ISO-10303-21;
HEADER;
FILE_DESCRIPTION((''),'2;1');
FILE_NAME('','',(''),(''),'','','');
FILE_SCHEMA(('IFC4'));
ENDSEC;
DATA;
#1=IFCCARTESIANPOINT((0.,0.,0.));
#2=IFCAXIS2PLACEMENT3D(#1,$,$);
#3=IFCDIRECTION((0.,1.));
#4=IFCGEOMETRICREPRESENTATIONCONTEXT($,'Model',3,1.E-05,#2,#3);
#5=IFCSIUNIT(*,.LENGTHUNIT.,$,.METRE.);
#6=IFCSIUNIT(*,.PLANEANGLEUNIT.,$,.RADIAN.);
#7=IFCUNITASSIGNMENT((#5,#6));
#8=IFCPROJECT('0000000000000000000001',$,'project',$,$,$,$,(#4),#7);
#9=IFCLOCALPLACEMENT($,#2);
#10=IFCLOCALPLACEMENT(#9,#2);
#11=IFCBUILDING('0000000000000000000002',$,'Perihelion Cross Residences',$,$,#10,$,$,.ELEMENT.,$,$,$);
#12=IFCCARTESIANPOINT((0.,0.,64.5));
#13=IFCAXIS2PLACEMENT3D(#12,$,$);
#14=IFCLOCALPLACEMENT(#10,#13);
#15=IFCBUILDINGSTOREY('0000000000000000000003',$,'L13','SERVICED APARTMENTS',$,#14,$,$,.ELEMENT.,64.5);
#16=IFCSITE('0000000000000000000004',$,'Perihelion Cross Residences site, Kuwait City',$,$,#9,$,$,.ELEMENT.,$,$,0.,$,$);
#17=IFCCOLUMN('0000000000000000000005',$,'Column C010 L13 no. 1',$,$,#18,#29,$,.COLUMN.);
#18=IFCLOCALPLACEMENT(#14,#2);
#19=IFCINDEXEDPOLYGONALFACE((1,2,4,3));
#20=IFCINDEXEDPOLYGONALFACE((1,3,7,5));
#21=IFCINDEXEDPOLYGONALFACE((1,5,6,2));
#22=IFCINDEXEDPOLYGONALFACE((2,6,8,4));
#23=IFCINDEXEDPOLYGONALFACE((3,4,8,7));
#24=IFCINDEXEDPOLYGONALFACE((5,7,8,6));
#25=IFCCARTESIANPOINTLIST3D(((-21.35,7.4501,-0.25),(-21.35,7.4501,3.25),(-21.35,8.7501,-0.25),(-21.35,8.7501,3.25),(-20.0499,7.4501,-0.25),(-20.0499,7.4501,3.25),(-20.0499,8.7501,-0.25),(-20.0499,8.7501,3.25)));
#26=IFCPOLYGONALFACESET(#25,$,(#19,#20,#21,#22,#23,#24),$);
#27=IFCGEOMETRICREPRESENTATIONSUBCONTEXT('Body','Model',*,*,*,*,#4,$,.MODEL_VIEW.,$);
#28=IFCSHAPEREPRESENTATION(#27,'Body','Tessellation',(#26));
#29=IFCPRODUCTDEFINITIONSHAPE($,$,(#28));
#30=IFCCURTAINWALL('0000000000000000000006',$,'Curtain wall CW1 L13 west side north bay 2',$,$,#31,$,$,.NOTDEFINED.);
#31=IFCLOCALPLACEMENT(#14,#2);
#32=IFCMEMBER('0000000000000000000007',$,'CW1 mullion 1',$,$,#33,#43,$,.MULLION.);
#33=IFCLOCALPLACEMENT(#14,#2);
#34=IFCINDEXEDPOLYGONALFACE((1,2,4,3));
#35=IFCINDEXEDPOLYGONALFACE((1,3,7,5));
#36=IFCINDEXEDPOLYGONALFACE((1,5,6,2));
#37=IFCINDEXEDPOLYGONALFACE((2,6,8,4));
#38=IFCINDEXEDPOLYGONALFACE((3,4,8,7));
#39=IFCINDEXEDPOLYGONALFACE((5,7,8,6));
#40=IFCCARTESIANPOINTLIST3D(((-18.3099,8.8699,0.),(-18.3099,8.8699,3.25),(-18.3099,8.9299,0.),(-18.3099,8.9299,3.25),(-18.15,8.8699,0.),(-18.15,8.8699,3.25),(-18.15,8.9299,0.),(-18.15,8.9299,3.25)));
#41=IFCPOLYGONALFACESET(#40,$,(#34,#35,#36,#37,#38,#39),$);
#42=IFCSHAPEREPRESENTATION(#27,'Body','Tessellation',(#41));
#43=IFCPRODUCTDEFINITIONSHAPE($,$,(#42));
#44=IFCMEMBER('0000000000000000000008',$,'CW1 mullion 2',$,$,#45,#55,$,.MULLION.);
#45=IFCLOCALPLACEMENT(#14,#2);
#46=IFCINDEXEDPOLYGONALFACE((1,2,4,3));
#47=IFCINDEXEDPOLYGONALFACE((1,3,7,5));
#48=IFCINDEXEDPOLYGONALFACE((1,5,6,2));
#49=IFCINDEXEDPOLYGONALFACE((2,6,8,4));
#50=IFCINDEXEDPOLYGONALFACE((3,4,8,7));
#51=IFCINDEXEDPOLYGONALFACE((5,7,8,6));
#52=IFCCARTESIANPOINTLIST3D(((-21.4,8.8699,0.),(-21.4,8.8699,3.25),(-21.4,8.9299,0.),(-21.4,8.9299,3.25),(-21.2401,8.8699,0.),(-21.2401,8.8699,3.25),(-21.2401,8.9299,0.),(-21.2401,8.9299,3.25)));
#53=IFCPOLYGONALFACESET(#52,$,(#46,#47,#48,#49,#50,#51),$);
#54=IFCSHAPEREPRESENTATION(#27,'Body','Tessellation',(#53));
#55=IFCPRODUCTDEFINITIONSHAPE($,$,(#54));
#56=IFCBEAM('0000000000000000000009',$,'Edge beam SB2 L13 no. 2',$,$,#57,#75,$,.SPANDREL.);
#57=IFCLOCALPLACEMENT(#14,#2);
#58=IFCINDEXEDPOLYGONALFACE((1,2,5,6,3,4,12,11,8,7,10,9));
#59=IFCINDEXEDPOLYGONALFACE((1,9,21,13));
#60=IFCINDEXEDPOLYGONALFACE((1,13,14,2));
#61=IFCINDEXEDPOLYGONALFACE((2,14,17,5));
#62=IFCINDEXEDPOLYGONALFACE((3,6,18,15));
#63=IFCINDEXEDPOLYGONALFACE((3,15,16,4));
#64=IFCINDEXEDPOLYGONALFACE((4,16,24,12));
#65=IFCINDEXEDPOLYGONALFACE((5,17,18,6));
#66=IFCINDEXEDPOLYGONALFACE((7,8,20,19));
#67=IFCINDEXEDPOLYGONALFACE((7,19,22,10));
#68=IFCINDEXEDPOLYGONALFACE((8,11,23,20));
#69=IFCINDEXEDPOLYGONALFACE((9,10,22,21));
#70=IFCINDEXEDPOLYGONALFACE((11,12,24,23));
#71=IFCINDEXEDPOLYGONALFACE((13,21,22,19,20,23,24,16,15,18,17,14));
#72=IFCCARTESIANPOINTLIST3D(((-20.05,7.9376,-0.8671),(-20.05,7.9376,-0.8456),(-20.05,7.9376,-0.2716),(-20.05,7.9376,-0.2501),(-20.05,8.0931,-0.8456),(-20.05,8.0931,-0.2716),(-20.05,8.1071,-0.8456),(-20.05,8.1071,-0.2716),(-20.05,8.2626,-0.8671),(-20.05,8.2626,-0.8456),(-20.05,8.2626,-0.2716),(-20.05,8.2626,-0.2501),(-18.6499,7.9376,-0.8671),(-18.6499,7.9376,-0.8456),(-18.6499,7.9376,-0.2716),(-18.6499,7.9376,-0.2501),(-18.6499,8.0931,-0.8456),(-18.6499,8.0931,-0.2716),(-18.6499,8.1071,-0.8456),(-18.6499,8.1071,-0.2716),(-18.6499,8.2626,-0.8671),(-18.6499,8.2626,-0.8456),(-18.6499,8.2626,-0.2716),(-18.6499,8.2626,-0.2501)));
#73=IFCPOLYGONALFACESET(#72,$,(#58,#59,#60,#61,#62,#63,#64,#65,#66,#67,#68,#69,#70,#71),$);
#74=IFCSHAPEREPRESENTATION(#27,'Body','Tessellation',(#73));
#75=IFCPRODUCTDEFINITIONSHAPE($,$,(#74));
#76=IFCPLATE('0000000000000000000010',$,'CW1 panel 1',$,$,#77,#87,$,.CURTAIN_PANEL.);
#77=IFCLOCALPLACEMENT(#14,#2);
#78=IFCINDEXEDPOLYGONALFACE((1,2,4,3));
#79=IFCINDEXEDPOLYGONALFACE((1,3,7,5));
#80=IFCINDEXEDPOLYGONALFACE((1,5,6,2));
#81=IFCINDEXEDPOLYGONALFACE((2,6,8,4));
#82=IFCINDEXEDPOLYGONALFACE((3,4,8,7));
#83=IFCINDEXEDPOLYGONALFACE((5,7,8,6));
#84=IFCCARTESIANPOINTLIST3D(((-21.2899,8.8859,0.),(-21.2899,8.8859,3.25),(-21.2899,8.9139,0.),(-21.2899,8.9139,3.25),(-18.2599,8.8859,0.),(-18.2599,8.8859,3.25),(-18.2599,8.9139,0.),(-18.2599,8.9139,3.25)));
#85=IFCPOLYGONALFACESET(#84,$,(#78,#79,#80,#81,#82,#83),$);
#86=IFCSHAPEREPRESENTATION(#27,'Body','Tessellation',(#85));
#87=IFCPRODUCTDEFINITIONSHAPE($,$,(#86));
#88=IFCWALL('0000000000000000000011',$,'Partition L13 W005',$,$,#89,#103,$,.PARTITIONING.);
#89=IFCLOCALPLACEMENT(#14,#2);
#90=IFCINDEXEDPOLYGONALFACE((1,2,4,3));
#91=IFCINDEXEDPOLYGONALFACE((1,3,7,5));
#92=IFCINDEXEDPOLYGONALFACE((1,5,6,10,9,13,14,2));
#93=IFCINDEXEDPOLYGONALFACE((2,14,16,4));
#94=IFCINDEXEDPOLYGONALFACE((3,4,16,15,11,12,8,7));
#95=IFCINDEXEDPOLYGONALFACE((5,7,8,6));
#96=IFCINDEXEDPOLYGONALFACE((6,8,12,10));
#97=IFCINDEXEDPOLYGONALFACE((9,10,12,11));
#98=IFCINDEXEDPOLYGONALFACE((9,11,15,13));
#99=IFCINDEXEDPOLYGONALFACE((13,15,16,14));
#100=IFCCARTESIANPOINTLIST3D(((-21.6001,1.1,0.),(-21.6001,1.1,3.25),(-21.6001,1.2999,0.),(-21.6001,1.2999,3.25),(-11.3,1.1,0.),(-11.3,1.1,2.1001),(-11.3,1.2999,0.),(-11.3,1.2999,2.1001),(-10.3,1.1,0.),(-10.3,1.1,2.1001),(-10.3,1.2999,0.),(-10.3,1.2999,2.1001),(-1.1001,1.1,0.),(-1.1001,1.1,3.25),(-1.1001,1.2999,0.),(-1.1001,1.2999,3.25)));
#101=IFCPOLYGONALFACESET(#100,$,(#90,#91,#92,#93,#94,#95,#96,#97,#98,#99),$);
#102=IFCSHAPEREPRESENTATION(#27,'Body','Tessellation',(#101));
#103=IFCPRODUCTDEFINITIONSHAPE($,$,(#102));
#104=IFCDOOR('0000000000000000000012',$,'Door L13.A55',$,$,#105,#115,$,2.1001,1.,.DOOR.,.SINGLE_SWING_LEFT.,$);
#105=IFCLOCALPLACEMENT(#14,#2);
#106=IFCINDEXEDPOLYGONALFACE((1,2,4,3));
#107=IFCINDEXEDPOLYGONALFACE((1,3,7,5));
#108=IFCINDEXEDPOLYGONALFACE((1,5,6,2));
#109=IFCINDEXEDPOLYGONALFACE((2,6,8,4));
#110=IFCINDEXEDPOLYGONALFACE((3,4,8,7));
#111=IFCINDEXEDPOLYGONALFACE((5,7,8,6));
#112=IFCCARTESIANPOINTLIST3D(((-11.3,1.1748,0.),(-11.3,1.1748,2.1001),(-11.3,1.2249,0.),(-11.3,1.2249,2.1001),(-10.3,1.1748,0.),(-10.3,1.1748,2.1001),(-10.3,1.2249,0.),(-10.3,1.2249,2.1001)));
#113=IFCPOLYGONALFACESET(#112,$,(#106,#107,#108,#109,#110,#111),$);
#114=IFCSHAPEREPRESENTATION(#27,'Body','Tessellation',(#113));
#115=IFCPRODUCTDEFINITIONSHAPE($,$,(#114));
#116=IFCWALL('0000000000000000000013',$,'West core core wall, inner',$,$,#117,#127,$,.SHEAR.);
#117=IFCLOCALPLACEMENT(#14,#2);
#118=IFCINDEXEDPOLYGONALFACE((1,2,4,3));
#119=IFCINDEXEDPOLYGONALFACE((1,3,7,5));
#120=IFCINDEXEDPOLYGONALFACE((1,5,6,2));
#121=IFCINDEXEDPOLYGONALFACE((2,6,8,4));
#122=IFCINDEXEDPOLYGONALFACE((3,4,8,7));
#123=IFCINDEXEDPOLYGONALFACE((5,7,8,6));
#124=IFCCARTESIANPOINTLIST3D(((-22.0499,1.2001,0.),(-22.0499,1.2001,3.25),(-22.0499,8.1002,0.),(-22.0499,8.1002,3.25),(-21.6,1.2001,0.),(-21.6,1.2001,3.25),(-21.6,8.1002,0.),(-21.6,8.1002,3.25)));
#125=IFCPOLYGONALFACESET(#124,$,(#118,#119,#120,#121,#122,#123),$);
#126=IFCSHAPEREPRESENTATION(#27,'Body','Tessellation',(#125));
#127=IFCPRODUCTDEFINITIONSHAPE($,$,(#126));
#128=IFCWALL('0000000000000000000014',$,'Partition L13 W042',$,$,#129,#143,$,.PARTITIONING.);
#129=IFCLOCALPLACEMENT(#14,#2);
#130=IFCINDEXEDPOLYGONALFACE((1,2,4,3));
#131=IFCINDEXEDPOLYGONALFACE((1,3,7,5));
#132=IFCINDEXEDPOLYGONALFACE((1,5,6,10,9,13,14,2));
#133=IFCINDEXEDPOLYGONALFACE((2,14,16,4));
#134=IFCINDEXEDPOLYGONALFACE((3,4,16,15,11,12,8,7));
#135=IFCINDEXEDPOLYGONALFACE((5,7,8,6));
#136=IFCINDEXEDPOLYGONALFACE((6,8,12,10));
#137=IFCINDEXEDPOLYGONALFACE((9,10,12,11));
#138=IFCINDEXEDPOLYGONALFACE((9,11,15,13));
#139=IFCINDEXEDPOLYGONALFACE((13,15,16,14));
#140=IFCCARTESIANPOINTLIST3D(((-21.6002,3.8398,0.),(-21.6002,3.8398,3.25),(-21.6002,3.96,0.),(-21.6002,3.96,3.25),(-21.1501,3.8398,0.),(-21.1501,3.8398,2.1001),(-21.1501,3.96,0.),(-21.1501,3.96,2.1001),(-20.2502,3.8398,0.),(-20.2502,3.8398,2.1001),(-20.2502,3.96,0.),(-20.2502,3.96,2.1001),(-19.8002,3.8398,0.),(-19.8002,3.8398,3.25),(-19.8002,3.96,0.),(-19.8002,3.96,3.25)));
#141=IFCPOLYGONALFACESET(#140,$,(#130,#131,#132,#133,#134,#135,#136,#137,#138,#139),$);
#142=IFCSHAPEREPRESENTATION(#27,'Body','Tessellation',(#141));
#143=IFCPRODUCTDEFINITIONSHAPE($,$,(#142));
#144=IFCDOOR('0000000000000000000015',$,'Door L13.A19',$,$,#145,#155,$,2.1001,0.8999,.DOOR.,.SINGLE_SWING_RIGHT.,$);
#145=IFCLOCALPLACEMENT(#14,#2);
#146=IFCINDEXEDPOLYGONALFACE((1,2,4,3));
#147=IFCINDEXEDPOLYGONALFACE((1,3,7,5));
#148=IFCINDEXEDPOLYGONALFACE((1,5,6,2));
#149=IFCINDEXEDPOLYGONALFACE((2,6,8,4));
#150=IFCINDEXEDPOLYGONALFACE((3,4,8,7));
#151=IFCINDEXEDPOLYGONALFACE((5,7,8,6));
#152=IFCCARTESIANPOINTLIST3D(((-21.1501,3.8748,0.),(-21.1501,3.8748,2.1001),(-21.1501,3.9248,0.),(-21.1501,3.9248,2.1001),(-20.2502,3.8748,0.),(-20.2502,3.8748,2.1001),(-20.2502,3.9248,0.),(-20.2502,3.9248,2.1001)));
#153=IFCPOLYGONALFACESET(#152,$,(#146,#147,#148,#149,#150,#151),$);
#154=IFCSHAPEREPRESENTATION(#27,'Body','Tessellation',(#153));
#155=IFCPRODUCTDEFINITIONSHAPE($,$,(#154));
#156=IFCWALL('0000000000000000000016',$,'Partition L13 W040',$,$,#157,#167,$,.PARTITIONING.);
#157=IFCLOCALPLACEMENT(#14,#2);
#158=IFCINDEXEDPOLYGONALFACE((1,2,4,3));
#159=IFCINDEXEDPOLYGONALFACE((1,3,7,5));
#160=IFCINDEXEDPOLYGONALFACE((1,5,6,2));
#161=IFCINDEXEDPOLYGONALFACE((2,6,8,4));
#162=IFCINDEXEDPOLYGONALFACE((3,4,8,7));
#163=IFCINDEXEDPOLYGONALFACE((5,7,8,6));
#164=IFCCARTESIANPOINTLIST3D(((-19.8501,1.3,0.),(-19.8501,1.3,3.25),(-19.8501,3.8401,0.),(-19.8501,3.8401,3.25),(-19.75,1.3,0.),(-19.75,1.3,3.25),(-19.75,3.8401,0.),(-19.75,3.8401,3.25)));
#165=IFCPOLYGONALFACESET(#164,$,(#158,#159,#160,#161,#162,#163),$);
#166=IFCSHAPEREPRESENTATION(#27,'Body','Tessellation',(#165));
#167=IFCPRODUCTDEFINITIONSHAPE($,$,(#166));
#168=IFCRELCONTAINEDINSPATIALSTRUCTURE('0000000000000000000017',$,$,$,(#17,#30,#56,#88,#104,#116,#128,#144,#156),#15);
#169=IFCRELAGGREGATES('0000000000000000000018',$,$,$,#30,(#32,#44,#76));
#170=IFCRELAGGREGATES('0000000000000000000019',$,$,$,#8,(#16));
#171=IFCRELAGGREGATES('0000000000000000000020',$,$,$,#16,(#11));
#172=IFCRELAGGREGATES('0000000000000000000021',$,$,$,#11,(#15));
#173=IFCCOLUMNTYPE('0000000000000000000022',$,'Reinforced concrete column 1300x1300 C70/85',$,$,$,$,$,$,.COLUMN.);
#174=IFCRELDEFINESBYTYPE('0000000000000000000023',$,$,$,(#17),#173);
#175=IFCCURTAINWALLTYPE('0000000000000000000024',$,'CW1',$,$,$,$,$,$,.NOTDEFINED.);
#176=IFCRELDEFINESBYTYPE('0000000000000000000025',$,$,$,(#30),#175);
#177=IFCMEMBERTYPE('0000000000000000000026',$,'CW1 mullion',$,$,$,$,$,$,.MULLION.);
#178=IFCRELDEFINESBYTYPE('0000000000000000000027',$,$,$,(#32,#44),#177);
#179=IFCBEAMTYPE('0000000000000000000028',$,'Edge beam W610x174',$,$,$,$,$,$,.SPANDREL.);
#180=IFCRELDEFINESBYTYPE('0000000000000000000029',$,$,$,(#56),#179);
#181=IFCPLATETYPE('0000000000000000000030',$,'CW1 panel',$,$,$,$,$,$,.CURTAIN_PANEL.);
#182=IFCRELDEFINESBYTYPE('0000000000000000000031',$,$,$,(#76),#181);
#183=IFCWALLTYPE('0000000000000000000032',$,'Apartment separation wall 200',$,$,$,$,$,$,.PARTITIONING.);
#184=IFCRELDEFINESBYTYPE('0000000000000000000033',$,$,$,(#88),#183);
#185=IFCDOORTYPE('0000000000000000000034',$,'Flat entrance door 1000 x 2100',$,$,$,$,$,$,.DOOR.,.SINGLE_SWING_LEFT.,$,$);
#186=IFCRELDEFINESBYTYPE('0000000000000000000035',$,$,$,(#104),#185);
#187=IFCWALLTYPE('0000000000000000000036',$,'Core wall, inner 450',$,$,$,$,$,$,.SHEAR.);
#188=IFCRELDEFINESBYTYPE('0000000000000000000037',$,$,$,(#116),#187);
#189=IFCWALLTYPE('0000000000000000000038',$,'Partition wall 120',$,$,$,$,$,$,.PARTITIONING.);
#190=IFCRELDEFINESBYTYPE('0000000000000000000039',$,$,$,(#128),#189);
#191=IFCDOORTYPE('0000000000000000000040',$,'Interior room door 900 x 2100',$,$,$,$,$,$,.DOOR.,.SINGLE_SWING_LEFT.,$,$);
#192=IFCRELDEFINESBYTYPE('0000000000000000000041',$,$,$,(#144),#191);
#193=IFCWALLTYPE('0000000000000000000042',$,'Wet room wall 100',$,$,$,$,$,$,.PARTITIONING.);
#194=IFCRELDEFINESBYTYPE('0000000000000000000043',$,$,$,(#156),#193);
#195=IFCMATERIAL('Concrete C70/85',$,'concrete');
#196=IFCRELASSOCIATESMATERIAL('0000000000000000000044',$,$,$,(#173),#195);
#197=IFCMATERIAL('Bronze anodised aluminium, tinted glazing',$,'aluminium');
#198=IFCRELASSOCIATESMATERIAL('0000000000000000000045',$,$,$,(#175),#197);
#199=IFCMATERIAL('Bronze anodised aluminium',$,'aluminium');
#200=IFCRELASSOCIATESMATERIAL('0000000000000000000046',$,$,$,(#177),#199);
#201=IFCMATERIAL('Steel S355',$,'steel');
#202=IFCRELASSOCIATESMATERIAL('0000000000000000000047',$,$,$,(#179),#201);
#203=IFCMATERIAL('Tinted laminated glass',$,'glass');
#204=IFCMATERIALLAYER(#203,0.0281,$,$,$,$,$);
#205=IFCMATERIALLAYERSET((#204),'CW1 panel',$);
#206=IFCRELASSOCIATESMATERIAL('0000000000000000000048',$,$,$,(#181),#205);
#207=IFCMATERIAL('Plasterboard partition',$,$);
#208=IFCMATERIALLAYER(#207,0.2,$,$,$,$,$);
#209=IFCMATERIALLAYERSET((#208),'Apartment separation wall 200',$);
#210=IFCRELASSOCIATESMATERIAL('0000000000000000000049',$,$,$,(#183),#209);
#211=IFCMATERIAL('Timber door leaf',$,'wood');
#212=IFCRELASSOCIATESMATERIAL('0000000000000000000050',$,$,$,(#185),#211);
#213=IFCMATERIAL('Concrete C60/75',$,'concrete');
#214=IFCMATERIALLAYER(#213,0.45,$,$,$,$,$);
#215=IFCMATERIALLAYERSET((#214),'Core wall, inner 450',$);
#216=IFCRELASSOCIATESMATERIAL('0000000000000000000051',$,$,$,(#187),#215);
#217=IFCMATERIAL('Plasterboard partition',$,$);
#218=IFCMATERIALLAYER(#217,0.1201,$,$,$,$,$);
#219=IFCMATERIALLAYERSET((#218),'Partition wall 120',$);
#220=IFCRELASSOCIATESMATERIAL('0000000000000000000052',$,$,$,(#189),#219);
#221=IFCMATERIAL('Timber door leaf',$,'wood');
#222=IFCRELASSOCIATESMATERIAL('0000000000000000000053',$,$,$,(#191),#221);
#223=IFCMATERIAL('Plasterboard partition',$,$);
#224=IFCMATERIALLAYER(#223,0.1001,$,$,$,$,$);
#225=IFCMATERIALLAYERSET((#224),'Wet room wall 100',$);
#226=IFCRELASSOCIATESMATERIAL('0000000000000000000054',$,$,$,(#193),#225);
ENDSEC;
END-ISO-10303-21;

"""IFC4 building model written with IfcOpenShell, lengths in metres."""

from ifc_helpers import new_model, si_unit, direction, frame, frame_2d, origin, origin_2d, place, context, subcontext, project, spatial, rectangle, i_section, extrude, material, layer, layer_set, material_profile, profile_set, type_object, element, fill, aggregate, save


model = new_model("IFC4")

# Units and contexts
model_context = context("Model", 3, precision=1e-05, world=origin(), true_north=direction((0.0, 1.0)))
body_context = subcontext(model_context, "Body", "Model", "MODEL_VIEW")
ifc_project = project(units=[si_unit("LENGTHUNIT", "METRE"), si_unit("PLANEANGLEUNIT", "RADIAN")], contexts=[model_context])

# Site, building, storey
site_placement = place(None, origin())
site = spatial("IfcSite", under=ifc_project, at=site_placement, Name="Perihelion Cross Residences site, Kuwait City", CompositionType="ELEMENT", RefElevation=0.0)
building_placement = place(site_placement, origin())
building = spatial("IfcBuilding", under=site, at=building_placement, Name="Perihelion Cross Residences", CompositionType="ELEMENT")
storey_placement = place(building_placement, frame((0.0, 0.0, 64.5)))
storey = spatial("IfcBuildingStorey", under=building, at=storey_placement, Name="L13", Description="SERVICED APARTMENTS", CompositionType="ELEMENT", Elevation=64.5)

# Column
ifc_material_1 = material(Name="Concrete C70/85", Category="concrete")
ifc_material_profile_1 = material_profile(ifc_material_1, rectangle(XDim=1.3, YDim=1.3, at=origin_2d()), Name="RC 1300x1300")
ifc_profile_set_1 = profile_set([ifc_material_profile_1], Name="Concrete C70/85")
column_type = type_object("IfcColumnType", Name="Reinforced concrete column 1300x1300 C70/85", PredefinedType="COLUMN", material=ifc_profile_set_1)
column_placement = place(storey_placement, frame((-20.7, 8.1001, -0.25), z_axis=(0.0, 0.0, 1.0), x_axis=(1.0, 0.0, 0.0)))
element("IfcColumn", 1, at=column_placement, inside=storey, type_object=column_type, Name="Column C010 L13 no. 1", PredefinedType="COLUMN", context=body_context, shape_type="SweptSolid", body=[
    extrude(rectangle(XDim=1.3, YDim=1.3, at=origin_2d()), origin(), (0.0, 0.0, 1.0), 3.5),
])

# Curtain wall, members
ifc_material_2 = material(Name="Bronze anodised aluminium, tinted glazing", Category="aluminium")
curtain_wall_type = type_object("IfcCurtainWallType", Name="CW1", PredefinedType="NOTDEFINED", material=ifc_material_2)
curtain_wall_placement = place(storey_placement, origin())
curtain_wall = element("IfcCurtainWall", 2, at=curtain_wall_placement, inside=storey, type_object=curtain_wall_type, Name="Curtain wall CW1 L13 west side north bay 2", PredefinedType="NOTDEFINED")
ifc_material_3 = material(Name="Bronze anodised aluminium", Category="aluminium")
ifc_material_profile_2 = material_profile(ifc_material_3, rectangle(XDim=0.0601, YDim=0.1599, at=origin_2d()), Name="CW1 mullion")
ifc_profile_set_2 = profile_set([ifc_material_profile_2], Name="Bronze anodised aluminium")
member_type = type_object("IfcMemberType", Name="CW1 mullion", PredefinedType="MULLION", material=ifc_profile_set_2)
member_1_placement = place(storey_placement, frame((-18.23, 8.8999, 0.0), z_axis=(0.0, 0.0, 1.0), x_axis=(0.0, -1.0, 0.0)))
member_1 = element("IfcMember", 3, at=member_1_placement, type_object=member_type, Name="CW1 mullion 1", PredefinedType="MULLION", context=body_context, shape_type="SweptSolid", body=[
    extrude(rectangle(XDim=0.0601, YDim=0.1599, at=origin_2d()), origin(), (0.0, 0.0, 1.0), 3.25),
])
member_2_placement = place(storey_placement, frame((-21.3201, 8.8999, 0.0), z_axis=(0.0, 0.0, 1.0), x_axis=(0.0, -1.0, 0.0)))
member_2 = element("IfcMember", 4, at=member_2_placement, type_object=member_type, Name="CW1 mullion 2", PredefinedType="MULLION", context=body_context, shape_type="SweptSolid", body=[
    extrude(rectangle(XDim=0.0601, YDim=0.1599, at=origin_2d()), origin(), (0.0, 0.0, 1.0), 3.25),
])

# Beam
ifc_material_4 = material(Name="Steel S355", Category="steel")
ifc_material_profile_3 = material_profile(ifc_material_4, i_section(OverallWidth=0.325, OverallDepth=0.6169, WebThickness=0.0139, FlangeThickness=0.0215, at=origin_2d()), Name="W610x174")
ifc_profile_set_3 = profile_set([ifc_material_profile_3], Name="Steel S355")
beam_type = type_object("IfcBeamType", Name="Edge beam W610x174", PredefinedType="SPANDREL", material=ifc_profile_set_3)
beam_placement = place(storey_placement, frame((-18.6499, 8.1001, -0.5586), z_axis=(-1.0, 0.0, 0.0), x_axis=(0.0, -1.0, 0.0)))
element("IfcBeam", 5, at=beam_placement, inside=storey, type_object=beam_type, Name="Edge beam SB2 L13 no. 2", PredefinedType="SPANDREL", context=body_context, shape_type="SweptSolid", body=[
    extrude(i_section(OverallWidth=0.325, OverallDepth=0.6169, WebThickness=0.0139, FlangeThickness=0.0215, at=origin_2d()), origin(), (0.0, 0.0, 1.0), 1.4001),
])

# Plate
ifc_material_5 = material(Name="Tinted laminated glass", Category="glass")
ifc_layer_1 = layer(ifc_material_5, 0.0281)
ifc_layer_set_1 = layer_set([ifc_layer_1], Name="CW1 panel")
plate_type = type_object("IfcPlateType", Name="CW1 panel", PredefinedType="CURTAIN_PANEL", material=ifc_layer_set_1)
plate_placement = place(storey_placement, frame((-19.7749, 8.8999, 0.0), z_axis=(0.0, 0.0, 1.0), x_axis=(-1.0, 0.0, 0.0)))
plate = element("IfcPlate", 6, at=plate_placement, type_object=plate_type, Name="CW1 panel 1", PredefinedType="CURTAIN_PANEL", context=body_context, shape_type="SweptSolid", body=[
    extrude(rectangle(XDim=3.03, YDim=0.0281, at=origin_2d()), origin(), (0.0, 0.0, 1.0), 3.25),
])
aggregate(curtain_wall, [member_1, member_2, plate])

# Wall, opening, door
ifc_material_6 = material(Name="Plasterboard partition")
ifc_layer_2 = layer(ifc_material_6, 0.2)
ifc_layer_set_2 = layer_set([ifc_layer_2], Name="Apartment separation wall 200")
wall_type_1 = type_object("IfcWallType", Name="Apartment separation wall 200", PredefinedType="PARTITIONING", material=ifc_layer_set_2)
wall_1_placement = place(storey_placement, frame((-21.6001, 1.2, 0.0), z_axis=(0.0, 0.0, 1.0), x_axis=(1.0, 0.0, 0.0)))
wall_1 = element("IfcWall", 7, at=wall_1_placement, inside=storey, type_object=wall_type_1, Name="Partition L13 W005", PredefinedType="PARTITIONING", context=body_context, shape_type="SweptSolid", body=[
    extrude(rectangle(XDim=20.5, YDim=0.2, at=frame_2d((10.25, 0.0))), origin(), (0.0, 0.0, 1.0), 3.25),
])
opening_1_placement = place(wall_1_placement, frame((10.3, 0.0, 0.0)))
opening_1 = element("IfcOpeningElement", 8, at=opening_1_placement, cuts=wall_1, PredefinedType="OPENING", context=body_context, shape_type="SweptSolid", body=[
    extrude(rectangle(XDim=1.0, YDim=2.1001, at=frame_2d((0.5, 1.05))), frame((0.0, 0.1099, 0.0), z_axis=(0.0, -1.0, 0.0), x_axis=(1.0, 0.0, 0.0)), (0.0, 0.0, 1.0), 0.22),
])
ifc_material_7 = material(Name="Timber door leaf", Category="wood")
door_type_1 = type_object("IfcDoorType", Name="Flat entrance door 1000 x 2100", OperationType="SINGLE_SWING_LEFT", PredefinedType="DOOR", material=ifc_material_7)
door_1_placement = place(opening_1_placement, origin())
door_1 = element("IfcDoor", 9, at=door_1_placement, inside=storey, type_object=door_type_1, Name="Door L13.A55", OperationType="SINGLE_SWING_LEFT", OverallHeight=2.1001, OverallWidth=1.0, PredefinedType="DOOR", context=body_context, shape_type="SweptSolid", body=[
    extrude(rectangle(XDim=1.0, YDim=2.1001, at=frame_2d((0.5, 1.05))), frame((0.0, 0.0249, 0.0), z_axis=(0.0, -1.0, 0.0), x_axis=(1.0, 0.0, 0.0)), (0.0, 0.0, 1.0), 0.05),
])
fill(opening_1, door_1)

# Wall
ifc_material_8 = material(Name="Concrete C60/75", Category="concrete")
ifc_layer_3 = layer(ifc_material_8, 0.45)
ifc_layer_set_3 = layer_set([ifc_layer_3], Name="Core wall, inner 450")
wall_type_2 = type_object("IfcWallType", Name="Core wall, inner 450", PredefinedType="SHEAR", material=ifc_layer_set_3)
wall_2_placement = place(storey_placement, frame((-21.825, 1.2, 0.0), z_axis=(0.0, 0.0, 1.0), x_axis=(0.0, 1.0, 0.0)))
element("IfcWall", 10, at=wall_2_placement, inside=storey, type_object=wall_type_2, Name="West core core wall, inner", PredefinedType="SHEAR", context=body_context, shape_type="SweptSolid", body=[
    extrude(rectangle(XDim=6.9001, YDim=0.45, at=frame_2d((3.4502, 0.0))), origin(), (0.0, 0.0, 1.0), 3.25),
])

# Wall, opening, door
ifc_material_9 = material(Name="Plasterboard partition")
ifc_layer_4 = layer(ifc_material_9, 0.1201)
ifc_layer_set_4 = layer_set([ifc_layer_4], Name="Partition wall 120")
wall_type_3 = type_object("IfcWallType", Name="Partition wall 120", PredefinedType="PARTITIONING", material=ifc_layer_set_4)
wall_3_placement = place(storey_placement, frame((-21.6001, 3.8999, 0.0), z_axis=(0.0, 0.0, 1.0), x_axis=(1.0, 0.0, 0.0)))
wall_3 = element("IfcWall", 11, at=wall_3_placement, inside=storey, type_object=wall_type_3, Name="Partition L13 W042", PredefinedType="PARTITIONING", context=body_context, shape_type="SweptSolid", body=[
    extrude(rectangle(XDim=1.8, YDim=0.1201, at=frame_2d((0.8999, 0.0))), origin(), (0.0, 0.0, 1.0), 3.25),
])
opening_2_placement = place(wall_3_placement, frame((0.45, 0.0, 0.0)))
opening_2 = element("IfcOpeningElement", 12, at=opening_2_placement, cuts=wall_3, PredefinedType="OPENING", context=body_context, shape_type="SweptSolid", body=[
    extrude(rectangle(XDim=0.8999, YDim=2.1001, at=frame_2d((0.45, 1.05))), frame((0.0, 0.0701, 0.0), z_axis=(0.0, -1.0, 0.0), x_axis=(1.0, 0.0, 0.0)), (0.0, 0.0, 1.0), 0.1401),
])
ifc_material_10 = material(Name="Timber door leaf", Category="wood")
door_type_2 = type_object("IfcDoorType", Name="Interior room door 900 x 2100", OperationType="SINGLE_SWING_LEFT", PredefinedType="DOOR", material=ifc_material_10)
door_2_placement = place(opening_2_placement, origin())
door_2 = element("IfcDoor", 13, at=door_2_placement, inside=storey, type_object=door_type_2, Name="Door L13.A19", OperationType="SINGLE_SWING_RIGHT", OverallHeight=2.1001, OverallWidth=0.8999, PredefinedType="DOOR", context=body_context, shape_type="SweptSolid", body=[
    extrude(rectangle(XDim=0.8999, YDim=2.1001, at=frame_2d((0.45, 1.05))), frame((0.0, 0.0249, 0.0), z_axis=(0.0, -1.0, 0.0), x_axis=(1.0, 0.0, 0.0)), (0.0, 0.0, 1.0), 0.05),
])
fill(opening_2, door_2)

# Wall
ifc_material_11 = material(Name="Plasterboard partition")
ifc_layer_5 = layer(ifc_material_11, 0.1001)
ifc_layer_set_5 = layer_set([ifc_layer_5], Name="Wet room wall 100")
wall_type_4 = type_object("IfcWallType", Name="Wet room wall 100", PredefinedType="PARTITIONING", material=ifc_layer_set_5)
wall_4_placement = place(storey_placement, frame((-19.8, 1.3, 0.0), z_axis=(0.0, 0.0, 1.0), x_axis=(0.0, 1.0, 0.0)))
element("IfcWall", 14, at=wall_4_placement, inside=storey, type_object=wall_type_4, Name="Partition L13 W040", PredefinedType="PARTITIONING", context=body_context, shape_type="SweptSolid", body=[
    extrude(rectangle(XDim=2.54, YDim=0.1001, at=frame_2d((1.27, 0.0))), origin(), (0.0, 0.0, 1.0), 3.25),
])

save(model, "model.ifc")
